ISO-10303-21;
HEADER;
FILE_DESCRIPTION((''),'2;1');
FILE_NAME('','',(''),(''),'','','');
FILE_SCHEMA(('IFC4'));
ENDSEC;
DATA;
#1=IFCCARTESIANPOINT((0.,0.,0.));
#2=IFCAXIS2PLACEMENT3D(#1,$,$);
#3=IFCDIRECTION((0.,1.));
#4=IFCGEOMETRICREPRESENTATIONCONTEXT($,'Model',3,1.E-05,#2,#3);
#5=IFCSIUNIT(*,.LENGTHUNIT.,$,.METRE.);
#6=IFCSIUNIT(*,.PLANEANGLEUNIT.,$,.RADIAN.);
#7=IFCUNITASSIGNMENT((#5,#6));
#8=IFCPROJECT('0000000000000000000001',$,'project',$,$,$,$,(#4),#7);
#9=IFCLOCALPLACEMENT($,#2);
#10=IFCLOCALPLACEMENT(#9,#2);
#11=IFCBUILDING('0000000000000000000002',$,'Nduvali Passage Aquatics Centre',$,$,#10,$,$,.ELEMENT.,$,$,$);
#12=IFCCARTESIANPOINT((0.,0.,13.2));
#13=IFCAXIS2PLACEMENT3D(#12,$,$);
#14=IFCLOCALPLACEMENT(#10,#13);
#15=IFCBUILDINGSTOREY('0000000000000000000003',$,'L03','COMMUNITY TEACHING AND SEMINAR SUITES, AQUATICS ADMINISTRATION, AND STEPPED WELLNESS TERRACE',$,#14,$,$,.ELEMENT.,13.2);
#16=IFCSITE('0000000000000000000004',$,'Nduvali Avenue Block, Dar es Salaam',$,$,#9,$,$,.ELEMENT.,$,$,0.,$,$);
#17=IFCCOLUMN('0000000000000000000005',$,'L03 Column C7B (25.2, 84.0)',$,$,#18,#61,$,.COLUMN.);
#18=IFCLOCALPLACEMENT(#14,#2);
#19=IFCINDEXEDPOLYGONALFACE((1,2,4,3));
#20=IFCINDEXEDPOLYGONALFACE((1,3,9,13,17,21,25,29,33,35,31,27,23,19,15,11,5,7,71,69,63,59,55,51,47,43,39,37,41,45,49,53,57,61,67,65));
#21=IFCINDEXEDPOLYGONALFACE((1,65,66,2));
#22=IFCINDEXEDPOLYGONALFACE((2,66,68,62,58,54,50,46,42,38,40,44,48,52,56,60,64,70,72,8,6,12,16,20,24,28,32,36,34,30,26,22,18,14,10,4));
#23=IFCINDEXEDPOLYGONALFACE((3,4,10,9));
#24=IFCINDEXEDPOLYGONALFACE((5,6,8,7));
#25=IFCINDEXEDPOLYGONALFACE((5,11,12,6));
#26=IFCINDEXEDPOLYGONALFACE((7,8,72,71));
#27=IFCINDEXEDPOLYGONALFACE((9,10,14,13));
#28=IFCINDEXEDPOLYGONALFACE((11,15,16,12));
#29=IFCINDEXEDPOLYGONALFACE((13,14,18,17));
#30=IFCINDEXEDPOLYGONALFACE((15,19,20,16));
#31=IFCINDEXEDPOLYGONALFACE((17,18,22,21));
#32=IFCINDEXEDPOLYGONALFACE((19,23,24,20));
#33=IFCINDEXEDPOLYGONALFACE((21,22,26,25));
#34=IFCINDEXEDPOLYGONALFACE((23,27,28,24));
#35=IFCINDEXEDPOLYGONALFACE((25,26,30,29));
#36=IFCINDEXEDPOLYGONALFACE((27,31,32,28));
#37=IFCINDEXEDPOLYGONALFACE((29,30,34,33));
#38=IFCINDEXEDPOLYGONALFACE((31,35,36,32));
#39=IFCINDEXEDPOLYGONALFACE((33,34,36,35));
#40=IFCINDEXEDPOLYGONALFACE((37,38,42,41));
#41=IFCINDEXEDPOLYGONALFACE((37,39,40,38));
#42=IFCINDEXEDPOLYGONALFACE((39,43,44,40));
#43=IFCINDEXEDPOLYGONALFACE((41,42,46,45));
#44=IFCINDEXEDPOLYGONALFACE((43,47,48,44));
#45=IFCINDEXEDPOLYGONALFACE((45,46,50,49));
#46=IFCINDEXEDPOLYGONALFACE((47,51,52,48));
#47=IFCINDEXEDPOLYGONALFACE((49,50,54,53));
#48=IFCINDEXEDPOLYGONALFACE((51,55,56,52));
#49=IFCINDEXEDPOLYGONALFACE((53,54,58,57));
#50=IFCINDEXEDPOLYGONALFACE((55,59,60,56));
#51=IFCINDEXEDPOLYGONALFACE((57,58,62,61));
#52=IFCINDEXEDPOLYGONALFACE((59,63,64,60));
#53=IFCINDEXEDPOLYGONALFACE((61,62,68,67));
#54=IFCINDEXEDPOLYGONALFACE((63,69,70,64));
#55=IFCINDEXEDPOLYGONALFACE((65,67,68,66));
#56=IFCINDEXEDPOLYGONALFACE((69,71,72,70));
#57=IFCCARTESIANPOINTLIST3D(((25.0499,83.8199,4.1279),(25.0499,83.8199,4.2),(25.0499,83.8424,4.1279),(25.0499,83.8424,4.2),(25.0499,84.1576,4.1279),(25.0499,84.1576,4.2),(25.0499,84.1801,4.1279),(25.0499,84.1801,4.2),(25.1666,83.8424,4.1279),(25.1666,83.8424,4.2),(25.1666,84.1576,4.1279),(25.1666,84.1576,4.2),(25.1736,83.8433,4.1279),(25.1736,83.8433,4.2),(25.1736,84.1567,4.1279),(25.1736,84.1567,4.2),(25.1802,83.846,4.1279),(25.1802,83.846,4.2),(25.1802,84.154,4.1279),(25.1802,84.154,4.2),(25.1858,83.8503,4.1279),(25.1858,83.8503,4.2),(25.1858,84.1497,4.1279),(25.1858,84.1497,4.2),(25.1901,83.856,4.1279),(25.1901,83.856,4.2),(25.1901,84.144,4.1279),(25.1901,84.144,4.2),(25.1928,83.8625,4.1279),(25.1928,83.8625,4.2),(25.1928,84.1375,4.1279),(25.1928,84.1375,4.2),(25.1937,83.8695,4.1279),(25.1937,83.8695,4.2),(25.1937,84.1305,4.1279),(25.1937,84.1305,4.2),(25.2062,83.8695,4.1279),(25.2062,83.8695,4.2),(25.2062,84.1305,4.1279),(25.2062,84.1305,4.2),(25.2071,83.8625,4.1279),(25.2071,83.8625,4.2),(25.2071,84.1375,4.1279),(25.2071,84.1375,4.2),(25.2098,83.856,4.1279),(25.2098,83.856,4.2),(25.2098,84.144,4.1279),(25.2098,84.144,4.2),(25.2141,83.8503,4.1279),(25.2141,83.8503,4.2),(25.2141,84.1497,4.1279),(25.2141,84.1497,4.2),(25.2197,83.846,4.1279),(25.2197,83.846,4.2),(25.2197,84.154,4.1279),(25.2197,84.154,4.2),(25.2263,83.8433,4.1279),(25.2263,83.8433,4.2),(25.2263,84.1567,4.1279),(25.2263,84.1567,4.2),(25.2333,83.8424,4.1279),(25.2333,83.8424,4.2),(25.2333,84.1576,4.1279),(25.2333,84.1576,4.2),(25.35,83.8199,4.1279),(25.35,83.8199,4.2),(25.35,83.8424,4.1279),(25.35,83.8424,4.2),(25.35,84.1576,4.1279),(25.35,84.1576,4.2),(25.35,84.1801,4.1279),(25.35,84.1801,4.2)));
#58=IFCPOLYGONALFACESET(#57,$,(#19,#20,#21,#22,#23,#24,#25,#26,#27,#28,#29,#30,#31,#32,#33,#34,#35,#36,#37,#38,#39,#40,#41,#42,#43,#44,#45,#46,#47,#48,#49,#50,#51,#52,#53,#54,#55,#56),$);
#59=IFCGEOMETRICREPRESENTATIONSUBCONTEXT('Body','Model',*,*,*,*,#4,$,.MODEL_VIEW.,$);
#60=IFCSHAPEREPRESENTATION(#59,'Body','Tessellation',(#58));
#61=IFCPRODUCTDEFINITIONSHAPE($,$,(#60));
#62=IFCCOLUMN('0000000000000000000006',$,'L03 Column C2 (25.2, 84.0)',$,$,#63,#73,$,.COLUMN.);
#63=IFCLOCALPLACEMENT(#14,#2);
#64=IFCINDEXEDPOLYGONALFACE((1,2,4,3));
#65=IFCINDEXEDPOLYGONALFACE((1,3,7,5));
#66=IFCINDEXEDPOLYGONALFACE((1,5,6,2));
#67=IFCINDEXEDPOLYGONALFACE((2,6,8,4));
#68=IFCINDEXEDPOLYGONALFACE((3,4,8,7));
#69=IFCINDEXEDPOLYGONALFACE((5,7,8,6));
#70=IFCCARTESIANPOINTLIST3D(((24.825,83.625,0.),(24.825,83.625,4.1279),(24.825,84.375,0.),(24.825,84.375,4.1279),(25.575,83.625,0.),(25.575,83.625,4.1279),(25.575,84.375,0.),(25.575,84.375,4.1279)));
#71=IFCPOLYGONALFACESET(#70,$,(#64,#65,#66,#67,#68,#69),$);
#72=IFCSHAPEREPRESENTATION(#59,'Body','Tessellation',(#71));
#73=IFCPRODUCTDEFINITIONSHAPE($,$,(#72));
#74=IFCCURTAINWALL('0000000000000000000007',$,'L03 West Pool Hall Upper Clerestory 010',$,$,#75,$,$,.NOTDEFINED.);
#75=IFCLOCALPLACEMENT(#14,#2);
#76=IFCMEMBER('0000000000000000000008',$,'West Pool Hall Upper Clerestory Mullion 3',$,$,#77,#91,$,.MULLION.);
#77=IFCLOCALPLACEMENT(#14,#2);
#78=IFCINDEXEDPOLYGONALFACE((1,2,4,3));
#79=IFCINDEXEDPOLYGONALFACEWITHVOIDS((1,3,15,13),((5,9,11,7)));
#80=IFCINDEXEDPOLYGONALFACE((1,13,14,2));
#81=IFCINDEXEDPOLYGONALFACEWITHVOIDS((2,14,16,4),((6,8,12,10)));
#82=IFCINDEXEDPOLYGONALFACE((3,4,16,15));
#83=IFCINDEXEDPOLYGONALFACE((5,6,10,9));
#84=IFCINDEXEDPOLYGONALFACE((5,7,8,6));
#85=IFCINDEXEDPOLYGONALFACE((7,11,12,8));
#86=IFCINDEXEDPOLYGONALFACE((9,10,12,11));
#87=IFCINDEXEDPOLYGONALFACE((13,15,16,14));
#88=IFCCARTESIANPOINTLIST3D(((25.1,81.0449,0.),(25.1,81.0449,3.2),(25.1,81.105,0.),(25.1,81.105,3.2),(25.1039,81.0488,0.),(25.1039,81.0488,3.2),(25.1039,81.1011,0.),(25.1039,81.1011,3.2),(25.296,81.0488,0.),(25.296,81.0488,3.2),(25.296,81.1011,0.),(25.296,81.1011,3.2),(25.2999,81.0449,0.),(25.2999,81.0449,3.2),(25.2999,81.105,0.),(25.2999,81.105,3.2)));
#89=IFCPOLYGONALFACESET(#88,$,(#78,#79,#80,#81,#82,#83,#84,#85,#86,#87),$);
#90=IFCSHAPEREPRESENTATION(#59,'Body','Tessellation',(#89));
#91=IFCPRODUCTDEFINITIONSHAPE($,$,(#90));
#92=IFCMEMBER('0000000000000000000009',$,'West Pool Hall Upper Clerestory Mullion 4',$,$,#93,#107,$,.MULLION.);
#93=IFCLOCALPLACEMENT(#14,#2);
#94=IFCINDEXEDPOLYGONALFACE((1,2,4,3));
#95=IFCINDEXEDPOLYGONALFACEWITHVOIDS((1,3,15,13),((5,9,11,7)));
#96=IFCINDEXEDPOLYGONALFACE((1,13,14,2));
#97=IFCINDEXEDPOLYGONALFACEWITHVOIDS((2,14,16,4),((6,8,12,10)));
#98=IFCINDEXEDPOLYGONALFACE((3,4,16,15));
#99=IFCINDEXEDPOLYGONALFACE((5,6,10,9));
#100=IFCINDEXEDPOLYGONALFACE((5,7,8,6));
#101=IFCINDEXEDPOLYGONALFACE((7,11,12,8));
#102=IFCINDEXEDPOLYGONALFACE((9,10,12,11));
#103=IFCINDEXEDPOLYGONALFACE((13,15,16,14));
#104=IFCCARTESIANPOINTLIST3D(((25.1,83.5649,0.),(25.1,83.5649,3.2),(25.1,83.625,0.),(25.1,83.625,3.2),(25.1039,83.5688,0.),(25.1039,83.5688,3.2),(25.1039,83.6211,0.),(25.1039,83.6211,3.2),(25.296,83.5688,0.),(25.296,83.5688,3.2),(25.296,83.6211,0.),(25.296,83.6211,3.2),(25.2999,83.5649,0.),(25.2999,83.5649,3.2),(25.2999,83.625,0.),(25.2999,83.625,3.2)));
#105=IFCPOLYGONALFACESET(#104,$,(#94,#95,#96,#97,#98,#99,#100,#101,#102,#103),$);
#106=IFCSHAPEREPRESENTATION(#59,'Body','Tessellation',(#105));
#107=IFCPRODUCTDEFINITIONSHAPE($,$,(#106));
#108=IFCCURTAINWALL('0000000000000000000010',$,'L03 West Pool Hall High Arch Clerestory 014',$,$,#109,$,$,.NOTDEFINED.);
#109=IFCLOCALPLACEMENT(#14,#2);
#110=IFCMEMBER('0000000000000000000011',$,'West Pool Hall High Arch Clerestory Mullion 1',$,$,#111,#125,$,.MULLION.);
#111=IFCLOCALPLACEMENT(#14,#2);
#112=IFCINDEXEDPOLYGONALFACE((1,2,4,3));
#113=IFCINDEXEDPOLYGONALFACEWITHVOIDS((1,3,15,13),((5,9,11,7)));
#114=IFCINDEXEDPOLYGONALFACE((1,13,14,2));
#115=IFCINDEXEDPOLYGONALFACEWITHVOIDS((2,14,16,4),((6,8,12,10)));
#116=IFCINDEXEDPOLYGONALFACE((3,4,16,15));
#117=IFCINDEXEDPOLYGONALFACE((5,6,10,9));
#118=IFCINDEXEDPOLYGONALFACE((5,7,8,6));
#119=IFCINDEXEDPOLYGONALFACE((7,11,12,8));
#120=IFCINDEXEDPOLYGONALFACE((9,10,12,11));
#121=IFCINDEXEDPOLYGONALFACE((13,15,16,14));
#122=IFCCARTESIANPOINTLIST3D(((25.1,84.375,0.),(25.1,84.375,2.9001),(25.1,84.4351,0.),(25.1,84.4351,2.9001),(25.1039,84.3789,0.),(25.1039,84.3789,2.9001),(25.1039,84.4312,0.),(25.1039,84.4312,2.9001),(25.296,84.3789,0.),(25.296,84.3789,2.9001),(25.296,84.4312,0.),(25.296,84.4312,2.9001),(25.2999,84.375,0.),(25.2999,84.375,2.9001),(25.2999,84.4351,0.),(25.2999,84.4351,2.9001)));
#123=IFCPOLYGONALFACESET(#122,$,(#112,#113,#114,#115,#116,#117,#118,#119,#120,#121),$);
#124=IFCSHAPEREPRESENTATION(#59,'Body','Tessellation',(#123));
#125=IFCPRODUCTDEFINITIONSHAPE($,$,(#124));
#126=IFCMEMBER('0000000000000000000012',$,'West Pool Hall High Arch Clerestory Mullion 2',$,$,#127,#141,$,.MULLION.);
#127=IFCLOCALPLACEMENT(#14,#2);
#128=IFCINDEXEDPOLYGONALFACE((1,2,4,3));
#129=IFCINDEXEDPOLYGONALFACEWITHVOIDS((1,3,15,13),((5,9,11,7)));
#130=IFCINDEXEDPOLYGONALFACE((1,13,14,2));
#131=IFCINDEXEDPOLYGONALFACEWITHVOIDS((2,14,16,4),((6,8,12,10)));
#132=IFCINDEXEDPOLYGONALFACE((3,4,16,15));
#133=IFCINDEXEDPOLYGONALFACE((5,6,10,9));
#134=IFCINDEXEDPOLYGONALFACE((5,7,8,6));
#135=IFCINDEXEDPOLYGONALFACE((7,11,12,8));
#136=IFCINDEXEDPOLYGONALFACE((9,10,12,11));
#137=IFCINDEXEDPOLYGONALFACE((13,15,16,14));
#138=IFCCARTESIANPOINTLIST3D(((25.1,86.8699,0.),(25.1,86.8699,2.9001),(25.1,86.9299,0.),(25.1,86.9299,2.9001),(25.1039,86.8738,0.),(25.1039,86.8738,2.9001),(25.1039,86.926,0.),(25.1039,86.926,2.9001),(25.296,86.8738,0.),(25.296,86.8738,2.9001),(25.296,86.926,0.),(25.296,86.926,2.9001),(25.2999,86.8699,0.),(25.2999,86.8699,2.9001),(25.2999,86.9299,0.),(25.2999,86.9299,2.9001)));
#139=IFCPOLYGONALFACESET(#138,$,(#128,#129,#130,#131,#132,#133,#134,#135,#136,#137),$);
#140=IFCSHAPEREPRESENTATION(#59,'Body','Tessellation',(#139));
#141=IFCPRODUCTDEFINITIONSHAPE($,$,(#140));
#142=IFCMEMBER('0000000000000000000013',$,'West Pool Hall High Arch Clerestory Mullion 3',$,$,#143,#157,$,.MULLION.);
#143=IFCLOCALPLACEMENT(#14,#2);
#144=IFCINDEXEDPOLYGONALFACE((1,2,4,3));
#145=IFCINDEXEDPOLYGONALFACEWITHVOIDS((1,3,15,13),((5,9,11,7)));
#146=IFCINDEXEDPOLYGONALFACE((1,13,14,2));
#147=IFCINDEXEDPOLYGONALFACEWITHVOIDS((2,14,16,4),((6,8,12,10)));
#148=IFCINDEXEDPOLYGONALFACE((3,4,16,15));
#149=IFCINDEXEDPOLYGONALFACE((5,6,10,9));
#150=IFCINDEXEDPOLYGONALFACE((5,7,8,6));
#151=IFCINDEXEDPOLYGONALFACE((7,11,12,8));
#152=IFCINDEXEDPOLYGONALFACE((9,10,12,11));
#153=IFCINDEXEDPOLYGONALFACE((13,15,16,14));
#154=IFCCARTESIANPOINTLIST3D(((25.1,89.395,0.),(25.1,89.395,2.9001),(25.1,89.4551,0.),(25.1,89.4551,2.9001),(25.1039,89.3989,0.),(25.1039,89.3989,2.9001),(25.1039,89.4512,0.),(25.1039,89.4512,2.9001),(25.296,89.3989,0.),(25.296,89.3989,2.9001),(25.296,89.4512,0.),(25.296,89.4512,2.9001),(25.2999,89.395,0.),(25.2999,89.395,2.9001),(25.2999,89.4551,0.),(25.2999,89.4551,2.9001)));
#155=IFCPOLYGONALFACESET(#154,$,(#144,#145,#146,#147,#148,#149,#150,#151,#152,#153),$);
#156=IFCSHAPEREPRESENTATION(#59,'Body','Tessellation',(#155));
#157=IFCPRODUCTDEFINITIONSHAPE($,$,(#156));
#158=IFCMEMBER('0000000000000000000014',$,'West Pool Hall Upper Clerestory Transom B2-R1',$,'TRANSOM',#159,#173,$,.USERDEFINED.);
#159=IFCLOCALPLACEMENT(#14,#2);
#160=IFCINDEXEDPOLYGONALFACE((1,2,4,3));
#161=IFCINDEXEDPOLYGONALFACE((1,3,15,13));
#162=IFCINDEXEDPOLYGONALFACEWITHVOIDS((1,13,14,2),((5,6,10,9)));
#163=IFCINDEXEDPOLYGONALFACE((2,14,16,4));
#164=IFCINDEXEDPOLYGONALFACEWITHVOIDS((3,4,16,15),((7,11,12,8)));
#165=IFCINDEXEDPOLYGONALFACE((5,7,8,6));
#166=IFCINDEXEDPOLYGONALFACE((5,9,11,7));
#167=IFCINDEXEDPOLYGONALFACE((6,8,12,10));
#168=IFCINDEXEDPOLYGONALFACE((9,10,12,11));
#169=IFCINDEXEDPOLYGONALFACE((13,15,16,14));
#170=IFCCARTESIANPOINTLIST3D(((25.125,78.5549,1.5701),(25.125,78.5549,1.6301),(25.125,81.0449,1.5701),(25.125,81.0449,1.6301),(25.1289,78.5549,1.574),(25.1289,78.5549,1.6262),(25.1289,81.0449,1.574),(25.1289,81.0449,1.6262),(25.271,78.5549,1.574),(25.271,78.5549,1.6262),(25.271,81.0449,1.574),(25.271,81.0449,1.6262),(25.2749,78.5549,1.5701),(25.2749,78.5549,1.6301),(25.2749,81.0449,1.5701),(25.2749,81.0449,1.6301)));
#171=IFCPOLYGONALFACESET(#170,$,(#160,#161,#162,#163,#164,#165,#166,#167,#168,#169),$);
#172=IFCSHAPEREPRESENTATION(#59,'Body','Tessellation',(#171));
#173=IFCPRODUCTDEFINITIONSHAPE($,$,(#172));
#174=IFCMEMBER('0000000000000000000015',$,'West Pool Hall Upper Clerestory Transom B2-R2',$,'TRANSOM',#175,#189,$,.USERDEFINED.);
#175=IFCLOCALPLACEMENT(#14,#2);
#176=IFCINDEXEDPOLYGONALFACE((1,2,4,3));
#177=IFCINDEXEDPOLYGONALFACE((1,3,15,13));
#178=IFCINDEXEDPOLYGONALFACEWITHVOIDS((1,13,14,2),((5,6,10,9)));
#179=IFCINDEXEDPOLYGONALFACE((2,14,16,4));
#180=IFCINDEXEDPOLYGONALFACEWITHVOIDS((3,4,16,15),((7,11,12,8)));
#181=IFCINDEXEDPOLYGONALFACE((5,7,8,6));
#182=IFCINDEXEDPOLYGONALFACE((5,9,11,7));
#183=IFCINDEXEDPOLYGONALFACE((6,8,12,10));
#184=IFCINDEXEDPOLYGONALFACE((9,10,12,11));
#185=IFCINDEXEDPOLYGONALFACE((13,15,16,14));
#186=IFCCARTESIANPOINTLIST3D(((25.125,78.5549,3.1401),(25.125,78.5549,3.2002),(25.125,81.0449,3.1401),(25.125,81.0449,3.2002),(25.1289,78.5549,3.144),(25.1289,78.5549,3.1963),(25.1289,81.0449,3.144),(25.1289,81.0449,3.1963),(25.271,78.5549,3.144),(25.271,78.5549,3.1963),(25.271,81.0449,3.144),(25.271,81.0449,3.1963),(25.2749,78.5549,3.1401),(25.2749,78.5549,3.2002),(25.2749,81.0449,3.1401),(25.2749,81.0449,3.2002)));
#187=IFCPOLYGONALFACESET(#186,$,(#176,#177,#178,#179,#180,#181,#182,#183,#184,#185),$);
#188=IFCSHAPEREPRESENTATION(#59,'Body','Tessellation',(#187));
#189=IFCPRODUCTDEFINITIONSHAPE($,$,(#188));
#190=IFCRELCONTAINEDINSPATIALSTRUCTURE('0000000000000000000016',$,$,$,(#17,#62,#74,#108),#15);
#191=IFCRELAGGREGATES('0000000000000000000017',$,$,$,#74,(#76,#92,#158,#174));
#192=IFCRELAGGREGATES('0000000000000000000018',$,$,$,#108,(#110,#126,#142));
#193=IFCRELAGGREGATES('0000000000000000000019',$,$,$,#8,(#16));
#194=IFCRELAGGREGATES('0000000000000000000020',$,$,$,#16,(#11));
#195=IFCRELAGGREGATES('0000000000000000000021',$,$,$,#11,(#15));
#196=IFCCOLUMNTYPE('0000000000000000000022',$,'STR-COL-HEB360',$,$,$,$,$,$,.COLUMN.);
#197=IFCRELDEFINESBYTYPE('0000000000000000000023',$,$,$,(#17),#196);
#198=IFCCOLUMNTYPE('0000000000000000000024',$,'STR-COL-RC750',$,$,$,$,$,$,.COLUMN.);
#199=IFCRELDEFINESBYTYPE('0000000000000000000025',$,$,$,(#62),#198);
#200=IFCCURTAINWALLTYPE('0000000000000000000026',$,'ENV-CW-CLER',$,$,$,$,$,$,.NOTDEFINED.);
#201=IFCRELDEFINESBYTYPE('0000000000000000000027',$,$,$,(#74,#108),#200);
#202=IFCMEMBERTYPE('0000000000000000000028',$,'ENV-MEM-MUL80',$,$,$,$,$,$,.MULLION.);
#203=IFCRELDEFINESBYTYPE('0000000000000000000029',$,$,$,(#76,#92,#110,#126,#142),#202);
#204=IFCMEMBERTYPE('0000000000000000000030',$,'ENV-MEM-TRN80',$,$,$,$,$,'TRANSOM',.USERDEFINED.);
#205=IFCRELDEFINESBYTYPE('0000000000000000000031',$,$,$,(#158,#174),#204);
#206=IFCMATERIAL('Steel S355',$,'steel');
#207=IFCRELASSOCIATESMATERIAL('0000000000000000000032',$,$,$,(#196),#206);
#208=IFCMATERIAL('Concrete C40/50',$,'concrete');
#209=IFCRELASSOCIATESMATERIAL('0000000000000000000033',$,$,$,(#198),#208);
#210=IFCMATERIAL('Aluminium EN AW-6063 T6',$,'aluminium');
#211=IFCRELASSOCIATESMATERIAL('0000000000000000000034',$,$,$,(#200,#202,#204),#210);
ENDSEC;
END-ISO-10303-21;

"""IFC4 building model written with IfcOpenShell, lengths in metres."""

from ifc_helpers import new_model, si_unit, direction, frame, origin, origin_2d, place, context, subcontext, project, spatial, rectangle, hollow_rectangle, i_section, extrude, material, material_profile, profile_set, type_object, element, aggregate, save


model = new_model("IFC4")

# Units and contexts
model_context = context("Model", 3, precision=1e-05, world=origin(), true_north=direction((0.0, 1.0)))
body_context = subcontext(model_context, "Body", "Model", "MODEL_VIEW")
ifc_project = project(units=[si_unit("LENGTHUNIT", "METRE"), si_unit("PLANEANGLEUNIT", "RADIAN")], contexts=[model_context])

# Site, building, storey
site_placement = place(None, origin())
site = spatial("IfcSite", under=ifc_project, at=site_placement, Name="Nduvali Avenue Block, Dar es Salaam", CompositionType="ELEMENT", RefElevation=0.0)
building_placement = place(site_placement, origin())
building = spatial("IfcBuilding", under=site, at=building_placement, Name="Nduvali Passage Aquatics Centre", CompositionType="ELEMENT")
storey_placement = place(building_placement, frame((0.0, 0.0, 13.2)))
storey = spatial("IfcBuildingStorey", under=building, at=storey_placement, Name="L03", Description="COMMUNITY TEACHING AND SEMINAR SUITES, AQUATICS ADMINISTRATION, AND STEPPED WELLNESS TERRACE", CompositionType="ELEMENT", Elevation=13.2)

# Columns
ifc_material_1 = material(Name="Steel S355", Category="steel")
ifc_material_profile_1 = material_profile(ifc_material_1, i_section(OverallWidth=0.3, OverallDepth=0.3601, WebThickness=0.0125, FlangeThickness=0.0225, FilletRadius=0.0271, at=origin_2d()), Name="HEB 360")
ifc_profile_set_1 = profile_set([ifc_material_profile_1], Name="Steel S355")
column_type_1 = type_object("IfcColumnType", Name="STR-COL-HEB360", PredefinedType="COLUMN", material=ifc_profile_set_1)
column_1_placement = place(storey_placement, frame((25.2, 84.0, 4.1279), z_axis=(0.0, 0.0, 1.0), x_axis=(1.0, 0.0, 0.0)))
element("IfcColumn", 1, at=column_1_placement, inside=storey, type_object=column_type_1, Name="L03 Column C7B (25.2, 84.0)", PredefinedType="COLUMN", context=body_context, shape_type="SweptSolid", body=[
    extrude(i_section(OverallWidth=0.3, OverallDepth=0.3601, WebThickness=0.0125, FlangeThickness=0.0225, FilletRadius=0.0271, at=origin_2d()), origin(), (0.0, 0.0, 1.0), 0.072),
])
ifc_material_2 = material(Name="Concrete C40/50", Category="concrete")
ifc_material_profile_2 = material_profile(ifc_material_2, rectangle(XDim=0.75, YDim=0.75, at=origin_2d()), Name="RC 750x750")
ifc_profile_set_2 = profile_set([ifc_material_profile_2], Name="Concrete C40/50")
column_type_2 = type_object("IfcColumnType", Name="STR-COL-RC750", PredefinedType="COLUMN", material=ifc_profile_set_2)
column_2_placement = place(storey_placement, frame((25.2, 84.0, 0.0), z_axis=(0.0, 0.0, 1.0), x_axis=(1.0, 0.0, 0.0)))
element("IfcColumn", 2, at=column_2_placement, inside=storey, type_object=column_type_2, Name="L03 Column C2 (25.2, 84.0)", PredefinedType="COLUMN", context=body_context, shape_type="SweptSolid", body=[
    extrude(rectangle(XDim=0.75, YDim=0.75, at=origin_2d()), origin(), (0.0, 0.0, 1.0), 4.1279),
])

# Curtain walls, members
ifc_material_3 = material(Name="Aluminium EN AW-6063 T6", Category="aluminium")
curtain_wall_type = type_object("IfcCurtainWallType", Name="ENV-CW-CLER", PredefinedType="NOTDEFINED", material=ifc_material_3)
curtain_wall_1_placement = place(storey_placement, origin())
curtain_wall_1 = element("IfcCurtainWall", 3, at=curtain_wall_1_placement, inside=storey, type_object=curtain_wall_type, Name="L03 West Pool Hall Upper Clerestory 010", PredefinedType="NOTDEFINED")
ifc_material_profile_3 = material_profile(ifc_material_3, hollow_rectangle(XDim=0.0601, YDim=0.2, WallThickness=0.0039, at=origin_2d()), Name="ALU MULLION 60x200x4")
ifc_profile_set_3 = profile_set([ifc_material_profile_3], Name="Aluminium EN AW-6063 T6")
member_type_1 = type_object("IfcMemberType", Name="ENV-MEM-MUL80", PredefinedType="MULLION", material=ifc_profile_set_3)
member_1_placement = place(storey_placement, frame((25.2, 81.075, 0.0), z_axis=(0.0, 0.0, 1.0), x_axis=(0.0, 1.0, 0.0)))
member_1 = element("IfcMember", 4, at=member_1_placement, type_object=member_type_1, Name="West Pool Hall Upper Clerestory Mullion 3", PredefinedType="MULLION", context=body_context, shape_type="SweptSolid", body=[
    extrude(hollow_rectangle(XDim=0.0601, YDim=0.2, WallThickness=0.0039, at=origin_2d()), origin(), (0.0, 0.0, 1.0), 3.2),
])
member_2_placement = place(storey_placement, frame((25.2, 83.595, 0.0), z_axis=(0.0, 0.0, 1.0), x_axis=(0.0, 1.0, 0.0)))
member_2 = element("IfcMember", 5, at=member_2_placement, type_object=member_type_1, Name="West Pool Hall Upper Clerestory Mullion 4", PredefinedType="MULLION", context=body_context, shape_type="SweptSolid", body=[
    extrude(hollow_rectangle(XDim=0.0601, YDim=0.2, WallThickness=0.0039, at=origin_2d()), origin(), (0.0, 0.0, 1.0), 3.2),
])
curtain_wall_2_placement = place(storey_placement, origin())
curtain_wall_2 = element("IfcCurtainWall", 6, at=curtain_wall_2_placement, inside=storey, type_object=curtain_wall_type, Name="L03 West Pool Hall High Arch Clerestory 014", PredefinedType="NOTDEFINED")
member_3_placement = place(storey_placement, frame((25.2, 84.405, 0.0), z_axis=(0.0, 0.0, 1.0), x_axis=(0.0, 1.0, 0.0)))
member_3 = element("IfcMember", 7, at=member_3_placement, type_object=member_type_1, Name="West Pool Hall High Arch Clerestory Mullion 1", PredefinedType="MULLION", context=body_context, shape_type="SweptSolid", body=[
    extrude(hollow_rectangle(XDim=0.0601, YDim=0.2, WallThickness=0.0039, at=origin_2d()), origin(), (0.0, 0.0, 1.0), 2.9001),
])
member_4_placement = place(storey_placement, frame((25.2, 86.8999, 0.0), z_axis=(0.0, 0.0, 1.0), x_axis=(0.0, 1.0, 0.0)))
member_4 = element("IfcMember", 8, at=member_4_placement, type_object=member_type_1, Name="West Pool Hall High Arch Clerestory Mullion 2", PredefinedType="MULLION", context=body_context, shape_type="SweptSolid", body=[
    extrude(hollow_rectangle(XDim=0.0601, YDim=0.2, WallThickness=0.0039, at=origin_2d()), origin(), (0.0, 0.0, 1.0), 2.9001),
])
member_5_placement = place(storey_placement, frame((25.2, 89.425, 0.0), z_axis=(0.0, 0.0, 1.0), x_axis=(0.0, 1.0, 0.0)))
member_5 = element("IfcMember", 9, at=member_5_placement, type_object=member_type_1, Name="West Pool Hall High Arch Clerestory Mullion 3", PredefinedType="MULLION", context=body_context, shape_type="SweptSolid", body=[
    extrude(hollow_rectangle(XDim=0.0601, YDim=0.2, WallThickness=0.0039, at=origin_2d()), origin(), (0.0, 0.0, 1.0), 2.9001),
])

# Members
ifc_material_profile_4 = material_profile(ifc_material_3, hollow_rectangle(XDim=0.1499, YDim=0.0601, WallThickness=0.0039, at=origin_2d()), Name="ALU TRANSOM 150x60x4")
ifc_profile_set_4 = profile_set([ifc_material_profile_4], Name="Aluminium EN AW-6063 T6")
member_type_2 = type_object("IfcMemberType", Name="ENV-MEM-TRN80", ElementType="TRANSOM", PredefinedType="USERDEFINED", material=ifc_profile_set_4)
member_6_placement = place(storey_placement, frame((25.2, 78.5549, 1.6001), z_axis=(0.0, 1.0, 0.0), x_axis=(-1.0, 0.0, 0.0)))
member_6 = element("IfcMember", 10, at=member_6_placement, type_object=member_type_2, Name="West Pool Hall Upper Clerestory Transom B2-R1", ObjectType="TRANSOM", PredefinedType="USERDEFINED", context=body_context, shape_type="SweptSolid", body=[
    extrude(hollow_rectangle(XDim=0.1499, YDim=0.0601, WallThickness=0.0039, at=origin_2d()), origin(), (0.0, 0.0, 1.0), 2.49),
])
member_7_placement = place(storey_placement, frame((25.2, 78.5549, 3.1702), z_axis=(0.0, 1.0, 0.0), x_axis=(-1.0, 0.0, 0.0)))
member_7 = element("IfcMember", 11, at=member_7_placement, type_object=member_type_2, Name="West Pool Hall Upper Clerestory Transom B2-R2", ObjectType="TRANSOM", PredefinedType="USERDEFINED", context=body_context, shape_type="SweptSolid", body=[
    extrude(hollow_rectangle(XDim=0.1499, YDim=0.0601, WallThickness=0.0039, at=origin_2d()), origin(), (0.0, 0.0, 1.0), 2.49),
])

aggregate(curtain_wall_1, [member_1, member_2, member_6, member_7])
aggregate(curtain_wall_2, [member_3, member_4, member_5])

save(model, "model.ifc")
